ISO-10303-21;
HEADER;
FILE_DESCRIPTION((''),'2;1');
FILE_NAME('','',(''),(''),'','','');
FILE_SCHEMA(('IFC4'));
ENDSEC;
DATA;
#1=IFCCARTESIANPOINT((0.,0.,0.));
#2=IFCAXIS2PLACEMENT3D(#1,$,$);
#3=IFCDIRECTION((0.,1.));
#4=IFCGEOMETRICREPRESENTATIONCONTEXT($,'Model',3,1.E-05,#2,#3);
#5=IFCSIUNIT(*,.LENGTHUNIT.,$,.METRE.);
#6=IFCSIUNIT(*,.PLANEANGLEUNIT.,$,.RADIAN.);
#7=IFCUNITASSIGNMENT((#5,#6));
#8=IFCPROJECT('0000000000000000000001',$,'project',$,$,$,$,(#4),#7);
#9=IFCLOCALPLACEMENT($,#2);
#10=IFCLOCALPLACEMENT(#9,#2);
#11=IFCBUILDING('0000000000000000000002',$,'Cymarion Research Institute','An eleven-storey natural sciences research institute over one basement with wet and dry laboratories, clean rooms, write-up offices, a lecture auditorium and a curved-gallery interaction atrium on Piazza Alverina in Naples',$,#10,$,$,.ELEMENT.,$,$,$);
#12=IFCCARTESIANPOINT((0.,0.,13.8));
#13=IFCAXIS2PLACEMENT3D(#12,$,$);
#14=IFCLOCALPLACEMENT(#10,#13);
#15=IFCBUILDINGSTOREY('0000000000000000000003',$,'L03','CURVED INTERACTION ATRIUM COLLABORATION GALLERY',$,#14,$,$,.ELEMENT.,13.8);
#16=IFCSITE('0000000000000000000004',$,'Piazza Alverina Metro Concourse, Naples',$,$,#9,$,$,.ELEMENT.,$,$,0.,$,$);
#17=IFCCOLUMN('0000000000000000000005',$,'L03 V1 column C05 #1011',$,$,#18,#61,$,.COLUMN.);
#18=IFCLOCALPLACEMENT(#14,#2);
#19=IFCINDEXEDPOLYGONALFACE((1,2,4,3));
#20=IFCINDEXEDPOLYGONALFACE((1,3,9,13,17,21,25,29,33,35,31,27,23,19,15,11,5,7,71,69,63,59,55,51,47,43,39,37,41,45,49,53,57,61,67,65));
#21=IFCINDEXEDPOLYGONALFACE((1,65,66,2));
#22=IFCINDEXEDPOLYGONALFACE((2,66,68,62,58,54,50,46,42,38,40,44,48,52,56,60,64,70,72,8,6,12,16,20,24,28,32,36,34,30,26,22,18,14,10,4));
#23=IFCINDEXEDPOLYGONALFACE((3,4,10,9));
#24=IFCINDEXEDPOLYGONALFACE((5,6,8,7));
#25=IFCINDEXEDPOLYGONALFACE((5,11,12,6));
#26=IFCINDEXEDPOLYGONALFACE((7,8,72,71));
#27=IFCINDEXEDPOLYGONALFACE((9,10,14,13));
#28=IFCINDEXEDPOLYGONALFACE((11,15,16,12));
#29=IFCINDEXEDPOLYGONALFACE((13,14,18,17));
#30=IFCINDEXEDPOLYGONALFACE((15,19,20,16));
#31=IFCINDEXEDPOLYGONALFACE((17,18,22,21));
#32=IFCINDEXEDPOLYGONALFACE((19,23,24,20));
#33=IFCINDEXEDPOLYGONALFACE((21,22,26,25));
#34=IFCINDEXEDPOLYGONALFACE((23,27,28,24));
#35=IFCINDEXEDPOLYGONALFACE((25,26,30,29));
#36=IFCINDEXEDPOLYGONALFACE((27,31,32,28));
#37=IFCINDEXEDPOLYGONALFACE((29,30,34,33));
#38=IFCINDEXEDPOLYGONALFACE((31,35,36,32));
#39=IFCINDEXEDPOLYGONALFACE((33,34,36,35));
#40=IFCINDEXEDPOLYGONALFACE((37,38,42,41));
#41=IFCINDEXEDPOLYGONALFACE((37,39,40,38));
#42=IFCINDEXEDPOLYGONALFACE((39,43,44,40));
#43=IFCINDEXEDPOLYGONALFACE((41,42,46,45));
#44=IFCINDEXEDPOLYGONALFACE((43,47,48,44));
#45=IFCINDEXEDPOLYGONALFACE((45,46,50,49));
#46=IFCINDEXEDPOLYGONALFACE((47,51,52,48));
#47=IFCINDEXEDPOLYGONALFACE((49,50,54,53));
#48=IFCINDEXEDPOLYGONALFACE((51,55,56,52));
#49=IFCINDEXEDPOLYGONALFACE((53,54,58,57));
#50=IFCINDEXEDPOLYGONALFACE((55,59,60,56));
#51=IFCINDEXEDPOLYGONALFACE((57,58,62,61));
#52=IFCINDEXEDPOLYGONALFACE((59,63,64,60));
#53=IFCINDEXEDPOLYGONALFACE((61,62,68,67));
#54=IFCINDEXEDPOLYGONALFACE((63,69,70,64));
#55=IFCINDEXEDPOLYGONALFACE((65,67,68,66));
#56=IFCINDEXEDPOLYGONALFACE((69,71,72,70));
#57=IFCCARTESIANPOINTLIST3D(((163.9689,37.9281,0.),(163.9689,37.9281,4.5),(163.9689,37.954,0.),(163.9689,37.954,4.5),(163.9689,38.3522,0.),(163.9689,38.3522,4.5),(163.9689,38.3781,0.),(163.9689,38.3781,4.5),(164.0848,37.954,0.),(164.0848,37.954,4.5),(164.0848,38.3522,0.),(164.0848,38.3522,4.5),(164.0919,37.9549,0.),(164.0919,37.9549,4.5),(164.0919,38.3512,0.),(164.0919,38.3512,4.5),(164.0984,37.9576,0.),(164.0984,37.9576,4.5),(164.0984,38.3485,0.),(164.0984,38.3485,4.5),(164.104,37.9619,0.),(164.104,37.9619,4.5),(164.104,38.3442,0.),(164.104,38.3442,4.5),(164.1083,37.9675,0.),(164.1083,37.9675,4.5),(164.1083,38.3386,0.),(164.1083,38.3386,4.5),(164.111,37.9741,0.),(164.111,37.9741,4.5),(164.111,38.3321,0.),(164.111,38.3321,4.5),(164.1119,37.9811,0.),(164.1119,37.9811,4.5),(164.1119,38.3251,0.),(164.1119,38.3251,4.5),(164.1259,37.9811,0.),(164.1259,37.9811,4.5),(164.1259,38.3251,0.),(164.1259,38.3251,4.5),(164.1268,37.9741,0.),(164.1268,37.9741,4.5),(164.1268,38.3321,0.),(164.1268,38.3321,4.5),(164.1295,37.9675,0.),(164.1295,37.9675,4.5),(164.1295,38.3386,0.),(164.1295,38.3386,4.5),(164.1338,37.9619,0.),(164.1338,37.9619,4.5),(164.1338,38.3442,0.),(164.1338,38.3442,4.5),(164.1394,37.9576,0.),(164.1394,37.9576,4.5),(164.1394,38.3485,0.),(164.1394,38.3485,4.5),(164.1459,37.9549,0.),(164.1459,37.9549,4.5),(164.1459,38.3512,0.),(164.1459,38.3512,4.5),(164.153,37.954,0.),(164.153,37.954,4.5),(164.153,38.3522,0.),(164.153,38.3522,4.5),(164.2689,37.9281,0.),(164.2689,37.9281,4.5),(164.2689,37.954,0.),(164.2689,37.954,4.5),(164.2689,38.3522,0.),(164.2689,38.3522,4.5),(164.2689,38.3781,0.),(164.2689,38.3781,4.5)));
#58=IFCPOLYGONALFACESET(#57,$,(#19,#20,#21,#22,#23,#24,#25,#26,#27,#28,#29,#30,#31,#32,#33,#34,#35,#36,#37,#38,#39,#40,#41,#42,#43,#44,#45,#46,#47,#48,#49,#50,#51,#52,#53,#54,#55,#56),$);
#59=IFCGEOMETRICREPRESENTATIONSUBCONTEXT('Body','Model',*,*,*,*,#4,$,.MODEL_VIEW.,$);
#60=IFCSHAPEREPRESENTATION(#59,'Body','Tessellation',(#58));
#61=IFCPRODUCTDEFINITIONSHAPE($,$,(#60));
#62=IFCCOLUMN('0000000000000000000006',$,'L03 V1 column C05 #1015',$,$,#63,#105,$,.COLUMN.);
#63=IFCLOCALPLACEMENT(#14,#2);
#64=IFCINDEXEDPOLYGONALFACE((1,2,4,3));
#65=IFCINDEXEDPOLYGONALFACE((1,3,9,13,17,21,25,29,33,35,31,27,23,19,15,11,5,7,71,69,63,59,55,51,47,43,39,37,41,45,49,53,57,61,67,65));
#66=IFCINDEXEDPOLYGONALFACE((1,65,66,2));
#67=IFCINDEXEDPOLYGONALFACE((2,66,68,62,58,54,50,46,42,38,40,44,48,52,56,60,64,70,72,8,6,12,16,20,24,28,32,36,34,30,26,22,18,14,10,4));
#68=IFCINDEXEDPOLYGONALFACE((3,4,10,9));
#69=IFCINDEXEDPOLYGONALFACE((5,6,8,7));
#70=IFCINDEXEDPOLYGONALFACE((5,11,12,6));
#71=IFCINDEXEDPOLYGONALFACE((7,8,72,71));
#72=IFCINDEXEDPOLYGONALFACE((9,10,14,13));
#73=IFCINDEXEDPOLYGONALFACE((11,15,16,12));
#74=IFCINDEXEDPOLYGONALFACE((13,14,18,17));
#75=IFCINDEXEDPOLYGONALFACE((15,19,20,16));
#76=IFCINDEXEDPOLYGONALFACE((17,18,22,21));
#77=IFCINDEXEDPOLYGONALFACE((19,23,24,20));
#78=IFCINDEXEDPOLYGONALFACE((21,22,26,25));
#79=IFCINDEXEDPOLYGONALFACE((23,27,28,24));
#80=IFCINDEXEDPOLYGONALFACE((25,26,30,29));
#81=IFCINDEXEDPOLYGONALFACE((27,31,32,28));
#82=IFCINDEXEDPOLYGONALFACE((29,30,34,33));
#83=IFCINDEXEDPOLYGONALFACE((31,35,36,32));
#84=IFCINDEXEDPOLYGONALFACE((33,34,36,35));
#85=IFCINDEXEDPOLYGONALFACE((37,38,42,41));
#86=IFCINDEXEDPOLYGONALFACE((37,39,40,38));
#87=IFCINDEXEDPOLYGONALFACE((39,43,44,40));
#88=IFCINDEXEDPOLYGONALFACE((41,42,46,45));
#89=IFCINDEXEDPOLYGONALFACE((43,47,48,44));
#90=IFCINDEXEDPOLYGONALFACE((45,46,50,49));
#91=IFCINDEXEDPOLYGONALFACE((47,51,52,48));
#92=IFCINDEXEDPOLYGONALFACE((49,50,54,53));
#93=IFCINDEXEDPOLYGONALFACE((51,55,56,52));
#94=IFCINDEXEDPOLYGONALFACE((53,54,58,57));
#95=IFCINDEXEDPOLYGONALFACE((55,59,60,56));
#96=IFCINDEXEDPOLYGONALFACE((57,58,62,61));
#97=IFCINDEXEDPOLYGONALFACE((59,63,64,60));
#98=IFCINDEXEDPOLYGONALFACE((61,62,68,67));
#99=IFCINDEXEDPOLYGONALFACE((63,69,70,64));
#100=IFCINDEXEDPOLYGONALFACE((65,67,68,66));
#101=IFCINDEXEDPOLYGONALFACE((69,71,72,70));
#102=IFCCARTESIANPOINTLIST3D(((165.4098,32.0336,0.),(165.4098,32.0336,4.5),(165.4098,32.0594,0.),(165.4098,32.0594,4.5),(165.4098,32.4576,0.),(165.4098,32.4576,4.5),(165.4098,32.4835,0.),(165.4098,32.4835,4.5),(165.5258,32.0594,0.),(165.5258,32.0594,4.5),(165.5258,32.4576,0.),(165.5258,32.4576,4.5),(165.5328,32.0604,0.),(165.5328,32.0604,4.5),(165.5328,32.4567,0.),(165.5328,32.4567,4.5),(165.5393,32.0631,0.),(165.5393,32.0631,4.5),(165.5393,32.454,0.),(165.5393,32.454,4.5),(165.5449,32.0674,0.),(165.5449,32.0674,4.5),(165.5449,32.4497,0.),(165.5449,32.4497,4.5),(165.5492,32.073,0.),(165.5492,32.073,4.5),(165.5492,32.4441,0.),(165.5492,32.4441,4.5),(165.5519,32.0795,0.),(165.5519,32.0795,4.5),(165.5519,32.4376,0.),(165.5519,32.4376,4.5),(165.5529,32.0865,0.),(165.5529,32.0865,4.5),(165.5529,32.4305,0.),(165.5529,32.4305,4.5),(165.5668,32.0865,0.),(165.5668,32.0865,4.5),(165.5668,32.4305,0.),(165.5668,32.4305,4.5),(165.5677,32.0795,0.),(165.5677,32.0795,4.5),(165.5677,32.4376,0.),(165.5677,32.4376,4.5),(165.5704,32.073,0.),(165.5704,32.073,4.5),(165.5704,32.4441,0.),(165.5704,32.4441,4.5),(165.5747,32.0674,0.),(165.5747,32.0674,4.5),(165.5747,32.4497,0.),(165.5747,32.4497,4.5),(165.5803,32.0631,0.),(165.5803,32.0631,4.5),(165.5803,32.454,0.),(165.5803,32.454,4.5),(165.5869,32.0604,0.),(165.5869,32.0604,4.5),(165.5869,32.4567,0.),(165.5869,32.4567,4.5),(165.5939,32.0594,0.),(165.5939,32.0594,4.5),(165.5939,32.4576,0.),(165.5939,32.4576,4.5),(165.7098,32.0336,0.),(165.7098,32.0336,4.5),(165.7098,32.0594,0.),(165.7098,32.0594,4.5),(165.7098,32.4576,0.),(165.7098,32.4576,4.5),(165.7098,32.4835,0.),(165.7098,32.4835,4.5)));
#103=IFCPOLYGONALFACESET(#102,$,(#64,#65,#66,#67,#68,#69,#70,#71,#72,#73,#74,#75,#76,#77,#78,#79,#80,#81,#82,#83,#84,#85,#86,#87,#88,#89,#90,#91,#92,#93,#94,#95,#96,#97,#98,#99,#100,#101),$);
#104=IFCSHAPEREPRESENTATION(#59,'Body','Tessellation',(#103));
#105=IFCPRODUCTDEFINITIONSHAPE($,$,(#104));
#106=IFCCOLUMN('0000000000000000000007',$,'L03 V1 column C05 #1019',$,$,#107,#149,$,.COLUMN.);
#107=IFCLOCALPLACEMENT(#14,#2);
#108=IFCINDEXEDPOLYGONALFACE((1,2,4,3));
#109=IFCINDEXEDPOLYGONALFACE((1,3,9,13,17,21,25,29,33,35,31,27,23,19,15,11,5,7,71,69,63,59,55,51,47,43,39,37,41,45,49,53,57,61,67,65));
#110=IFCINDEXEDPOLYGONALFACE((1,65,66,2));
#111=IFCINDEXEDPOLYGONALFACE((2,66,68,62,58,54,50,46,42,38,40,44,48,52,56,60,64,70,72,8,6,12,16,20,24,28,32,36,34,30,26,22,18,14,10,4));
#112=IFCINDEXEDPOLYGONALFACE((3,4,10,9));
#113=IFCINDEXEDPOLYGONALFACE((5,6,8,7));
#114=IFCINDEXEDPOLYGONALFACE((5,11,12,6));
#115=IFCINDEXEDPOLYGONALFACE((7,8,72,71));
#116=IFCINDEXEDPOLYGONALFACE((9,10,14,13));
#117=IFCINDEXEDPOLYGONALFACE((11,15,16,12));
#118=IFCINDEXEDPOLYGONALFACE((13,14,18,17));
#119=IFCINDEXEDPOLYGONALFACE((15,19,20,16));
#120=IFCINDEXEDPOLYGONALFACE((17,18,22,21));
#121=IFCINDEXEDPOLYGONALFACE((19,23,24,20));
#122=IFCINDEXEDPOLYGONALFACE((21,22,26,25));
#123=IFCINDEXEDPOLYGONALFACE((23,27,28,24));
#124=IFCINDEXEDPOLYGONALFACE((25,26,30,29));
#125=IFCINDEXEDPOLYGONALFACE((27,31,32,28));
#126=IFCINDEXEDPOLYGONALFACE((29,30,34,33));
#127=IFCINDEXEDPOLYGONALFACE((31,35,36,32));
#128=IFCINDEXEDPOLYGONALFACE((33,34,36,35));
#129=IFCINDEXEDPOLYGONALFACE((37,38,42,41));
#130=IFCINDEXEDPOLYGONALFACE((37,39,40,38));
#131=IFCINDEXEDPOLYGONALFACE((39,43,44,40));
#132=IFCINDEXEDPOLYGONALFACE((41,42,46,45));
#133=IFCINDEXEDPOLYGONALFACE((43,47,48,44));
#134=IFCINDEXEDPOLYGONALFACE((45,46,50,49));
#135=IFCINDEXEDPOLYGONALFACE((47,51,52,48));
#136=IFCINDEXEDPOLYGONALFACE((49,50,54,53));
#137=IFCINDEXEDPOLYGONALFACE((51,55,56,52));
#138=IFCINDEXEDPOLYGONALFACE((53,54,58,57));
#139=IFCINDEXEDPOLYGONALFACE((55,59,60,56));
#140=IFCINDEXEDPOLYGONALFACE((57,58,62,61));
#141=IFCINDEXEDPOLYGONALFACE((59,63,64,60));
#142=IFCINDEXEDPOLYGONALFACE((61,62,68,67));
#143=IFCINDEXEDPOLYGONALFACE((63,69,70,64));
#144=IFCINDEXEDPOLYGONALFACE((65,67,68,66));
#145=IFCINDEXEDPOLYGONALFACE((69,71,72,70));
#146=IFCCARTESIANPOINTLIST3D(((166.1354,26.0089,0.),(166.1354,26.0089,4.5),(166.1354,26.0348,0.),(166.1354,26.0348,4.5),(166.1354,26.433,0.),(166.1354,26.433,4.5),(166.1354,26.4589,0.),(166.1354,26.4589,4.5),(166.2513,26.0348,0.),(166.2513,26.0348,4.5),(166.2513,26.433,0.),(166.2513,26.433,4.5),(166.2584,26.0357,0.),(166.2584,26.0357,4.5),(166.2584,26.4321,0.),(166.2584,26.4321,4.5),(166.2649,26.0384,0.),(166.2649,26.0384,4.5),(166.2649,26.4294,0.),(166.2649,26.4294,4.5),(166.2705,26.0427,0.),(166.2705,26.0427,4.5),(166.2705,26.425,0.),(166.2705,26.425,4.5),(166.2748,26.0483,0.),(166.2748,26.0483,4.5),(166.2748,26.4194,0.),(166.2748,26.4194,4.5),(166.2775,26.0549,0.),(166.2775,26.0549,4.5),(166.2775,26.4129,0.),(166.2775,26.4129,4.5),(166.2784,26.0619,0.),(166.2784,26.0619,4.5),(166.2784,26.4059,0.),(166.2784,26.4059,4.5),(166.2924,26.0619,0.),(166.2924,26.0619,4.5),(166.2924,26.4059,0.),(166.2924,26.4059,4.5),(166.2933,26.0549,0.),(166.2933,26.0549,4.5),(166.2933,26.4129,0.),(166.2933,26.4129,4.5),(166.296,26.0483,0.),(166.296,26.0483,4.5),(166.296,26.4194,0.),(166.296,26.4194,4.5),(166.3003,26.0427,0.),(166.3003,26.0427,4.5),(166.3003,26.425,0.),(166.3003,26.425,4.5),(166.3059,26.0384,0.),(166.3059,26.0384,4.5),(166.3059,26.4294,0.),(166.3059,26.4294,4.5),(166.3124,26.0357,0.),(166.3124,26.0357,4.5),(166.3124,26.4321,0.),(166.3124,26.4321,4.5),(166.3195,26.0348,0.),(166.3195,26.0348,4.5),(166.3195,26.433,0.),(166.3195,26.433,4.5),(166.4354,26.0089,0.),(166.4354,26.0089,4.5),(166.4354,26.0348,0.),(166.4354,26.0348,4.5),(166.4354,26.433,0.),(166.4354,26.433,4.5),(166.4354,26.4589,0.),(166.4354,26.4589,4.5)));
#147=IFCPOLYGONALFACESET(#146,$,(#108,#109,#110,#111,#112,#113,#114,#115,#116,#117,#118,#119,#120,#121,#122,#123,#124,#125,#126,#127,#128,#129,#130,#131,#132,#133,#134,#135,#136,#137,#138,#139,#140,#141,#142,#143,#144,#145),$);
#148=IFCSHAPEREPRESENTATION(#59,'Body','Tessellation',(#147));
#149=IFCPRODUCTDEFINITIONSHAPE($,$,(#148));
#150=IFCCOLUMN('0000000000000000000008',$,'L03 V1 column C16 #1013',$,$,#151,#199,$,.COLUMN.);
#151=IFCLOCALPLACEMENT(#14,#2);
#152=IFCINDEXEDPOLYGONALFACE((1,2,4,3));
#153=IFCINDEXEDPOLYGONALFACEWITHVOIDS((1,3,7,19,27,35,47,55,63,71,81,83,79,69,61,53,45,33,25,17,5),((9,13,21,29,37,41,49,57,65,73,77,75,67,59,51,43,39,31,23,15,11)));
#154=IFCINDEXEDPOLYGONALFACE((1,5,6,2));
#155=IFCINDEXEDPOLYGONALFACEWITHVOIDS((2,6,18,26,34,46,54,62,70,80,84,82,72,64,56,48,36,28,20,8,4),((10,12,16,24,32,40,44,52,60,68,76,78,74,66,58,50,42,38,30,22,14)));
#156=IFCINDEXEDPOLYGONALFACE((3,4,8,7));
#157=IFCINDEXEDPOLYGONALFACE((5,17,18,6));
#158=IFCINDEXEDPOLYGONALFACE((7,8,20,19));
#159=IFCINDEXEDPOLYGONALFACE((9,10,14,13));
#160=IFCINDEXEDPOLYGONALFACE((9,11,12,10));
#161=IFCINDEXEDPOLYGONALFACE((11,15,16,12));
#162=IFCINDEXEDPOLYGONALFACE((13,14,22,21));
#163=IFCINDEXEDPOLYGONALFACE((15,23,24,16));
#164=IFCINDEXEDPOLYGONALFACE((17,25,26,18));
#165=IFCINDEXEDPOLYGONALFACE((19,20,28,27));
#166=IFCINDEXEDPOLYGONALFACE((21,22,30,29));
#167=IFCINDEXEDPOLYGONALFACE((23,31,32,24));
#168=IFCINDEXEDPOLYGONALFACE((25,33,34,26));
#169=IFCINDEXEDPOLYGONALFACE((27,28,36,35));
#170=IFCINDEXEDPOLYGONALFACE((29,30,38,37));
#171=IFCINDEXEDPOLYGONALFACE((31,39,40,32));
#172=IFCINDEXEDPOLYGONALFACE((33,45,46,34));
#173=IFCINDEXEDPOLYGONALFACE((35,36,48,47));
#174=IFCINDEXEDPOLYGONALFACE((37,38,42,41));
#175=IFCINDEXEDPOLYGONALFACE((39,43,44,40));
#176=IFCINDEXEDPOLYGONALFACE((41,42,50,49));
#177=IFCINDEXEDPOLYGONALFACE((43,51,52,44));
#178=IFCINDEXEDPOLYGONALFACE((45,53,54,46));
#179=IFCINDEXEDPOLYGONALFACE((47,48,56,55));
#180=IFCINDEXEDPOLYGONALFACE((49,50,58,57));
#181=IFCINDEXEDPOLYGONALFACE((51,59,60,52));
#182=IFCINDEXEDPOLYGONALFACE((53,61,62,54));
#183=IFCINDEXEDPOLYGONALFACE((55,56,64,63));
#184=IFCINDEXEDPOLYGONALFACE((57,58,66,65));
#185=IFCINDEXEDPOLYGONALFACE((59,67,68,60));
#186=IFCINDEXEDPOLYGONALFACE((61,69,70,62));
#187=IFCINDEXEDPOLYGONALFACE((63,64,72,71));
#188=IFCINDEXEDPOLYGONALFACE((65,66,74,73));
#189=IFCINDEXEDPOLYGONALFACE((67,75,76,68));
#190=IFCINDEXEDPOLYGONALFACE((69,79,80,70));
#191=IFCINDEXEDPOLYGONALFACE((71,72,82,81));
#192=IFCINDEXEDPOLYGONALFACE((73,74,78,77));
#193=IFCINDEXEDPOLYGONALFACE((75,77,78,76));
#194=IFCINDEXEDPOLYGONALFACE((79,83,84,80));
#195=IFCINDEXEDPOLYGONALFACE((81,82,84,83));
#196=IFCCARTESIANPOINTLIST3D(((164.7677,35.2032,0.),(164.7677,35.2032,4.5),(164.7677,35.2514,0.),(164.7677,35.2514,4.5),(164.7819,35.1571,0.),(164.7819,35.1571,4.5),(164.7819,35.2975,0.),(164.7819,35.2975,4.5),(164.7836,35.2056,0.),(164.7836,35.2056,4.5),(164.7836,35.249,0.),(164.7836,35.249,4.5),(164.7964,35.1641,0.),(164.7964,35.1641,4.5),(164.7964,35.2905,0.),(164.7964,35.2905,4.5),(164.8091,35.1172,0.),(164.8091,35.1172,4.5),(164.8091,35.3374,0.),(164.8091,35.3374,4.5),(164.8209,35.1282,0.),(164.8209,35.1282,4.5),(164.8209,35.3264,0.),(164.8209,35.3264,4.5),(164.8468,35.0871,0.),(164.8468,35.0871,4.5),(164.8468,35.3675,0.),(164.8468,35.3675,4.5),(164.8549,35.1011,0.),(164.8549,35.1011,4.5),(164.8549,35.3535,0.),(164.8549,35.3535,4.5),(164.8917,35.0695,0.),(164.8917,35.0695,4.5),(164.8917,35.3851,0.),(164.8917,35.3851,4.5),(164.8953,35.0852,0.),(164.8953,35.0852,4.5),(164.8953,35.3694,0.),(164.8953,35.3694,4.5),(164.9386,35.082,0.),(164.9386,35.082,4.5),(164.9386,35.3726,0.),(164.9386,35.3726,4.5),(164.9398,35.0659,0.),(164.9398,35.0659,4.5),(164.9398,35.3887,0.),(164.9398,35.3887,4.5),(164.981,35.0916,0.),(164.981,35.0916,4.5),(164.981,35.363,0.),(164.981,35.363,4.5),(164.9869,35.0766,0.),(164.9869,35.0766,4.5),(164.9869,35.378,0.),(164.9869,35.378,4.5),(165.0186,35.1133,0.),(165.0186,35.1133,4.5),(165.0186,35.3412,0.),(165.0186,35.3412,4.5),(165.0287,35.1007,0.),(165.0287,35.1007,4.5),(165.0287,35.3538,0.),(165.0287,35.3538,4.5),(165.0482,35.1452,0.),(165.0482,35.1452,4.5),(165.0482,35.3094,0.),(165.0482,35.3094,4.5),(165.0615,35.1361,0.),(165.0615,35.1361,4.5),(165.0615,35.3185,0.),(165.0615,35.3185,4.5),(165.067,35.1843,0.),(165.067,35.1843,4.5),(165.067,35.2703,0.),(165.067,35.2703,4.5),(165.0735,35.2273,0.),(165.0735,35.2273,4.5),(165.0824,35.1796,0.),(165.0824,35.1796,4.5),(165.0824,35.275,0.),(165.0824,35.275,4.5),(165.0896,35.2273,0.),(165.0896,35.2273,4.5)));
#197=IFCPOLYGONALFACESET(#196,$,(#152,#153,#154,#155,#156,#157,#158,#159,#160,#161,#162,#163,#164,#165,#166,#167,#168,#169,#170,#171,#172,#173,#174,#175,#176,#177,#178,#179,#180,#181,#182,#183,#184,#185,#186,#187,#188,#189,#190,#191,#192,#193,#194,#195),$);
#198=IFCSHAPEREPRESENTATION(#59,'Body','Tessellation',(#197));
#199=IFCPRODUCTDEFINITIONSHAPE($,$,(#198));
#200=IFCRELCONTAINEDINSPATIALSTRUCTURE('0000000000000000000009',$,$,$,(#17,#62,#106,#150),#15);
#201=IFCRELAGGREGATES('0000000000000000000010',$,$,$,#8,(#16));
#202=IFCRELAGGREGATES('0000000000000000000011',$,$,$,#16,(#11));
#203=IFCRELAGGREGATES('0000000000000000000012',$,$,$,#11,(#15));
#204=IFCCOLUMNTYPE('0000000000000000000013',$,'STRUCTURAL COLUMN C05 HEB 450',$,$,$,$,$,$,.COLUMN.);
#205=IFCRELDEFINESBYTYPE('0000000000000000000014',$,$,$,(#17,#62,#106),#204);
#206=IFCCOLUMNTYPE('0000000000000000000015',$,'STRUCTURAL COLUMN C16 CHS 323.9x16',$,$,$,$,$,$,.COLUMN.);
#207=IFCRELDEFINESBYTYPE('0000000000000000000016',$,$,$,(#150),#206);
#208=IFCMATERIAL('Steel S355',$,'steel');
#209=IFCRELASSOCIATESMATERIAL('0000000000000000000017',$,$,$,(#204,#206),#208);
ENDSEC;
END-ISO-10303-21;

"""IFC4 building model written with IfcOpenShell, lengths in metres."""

from ifc_helpers import new_model, si_unit, direction, frame, origin, origin_2d, place, context, subcontext, project, spatial, hollow_circle, i_section, extrude, material, material_profile, profile_set, type_object, element, save


model = new_model("IFC4")

# Units and contexts
model_context = context("Model", 3, precision=1e-05, world=origin(), true_north=direction((0.0, 1.0)))
body_context = subcontext(model_context, "Body", "Model", "MODEL_VIEW")
ifc_project = project(units=[si_unit("LENGTHUNIT", "METRE"), si_unit("PLANEANGLEUNIT", "RADIAN")], contexts=[model_context])

# Site, building, storey
site_placement = place(None, origin())
site = spatial("IfcSite", under=ifc_project, at=site_placement, Name="Piazza Alverina Metro Concourse, Naples", CompositionType="ELEMENT", RefElevation=0.0)
building_placement = place(site_placement, origin())
building = spatial("IfcBuilding", under=site, at=building_placement, Name="Cymarion Research Institute", Description="An eleven-storey natural sciences research institute over one basement with wet and dry laboratories, clean rooms, write-up offices, a lecture auditorium and a curved-gallery interaction atrium on Piazza Alverina in Naples", CompositionType="ELEMENT")
storey_placement = place(building_placement, frame((0.0, 0.0, 13.8)))
storey = spatial("IfcBuildingStorey", under=building, at=storey_placement, Name="L03", Description="CURVED INTERACTION ATRIUM COLLABORATION GALLERY", CompositionType="ELEMENT", Elevation=13.8)

# Columns
ifc_material_1 = material(Name="Steel S355", Category="steel")
ifc_material_profile_1 = material_profile(ifc_material_1, i_section(OverallWidth=0.3, OverallDepth=0.45, WebThickness=0.0139, FlangeThickness=0.0259, FilletRadius=0.0271, at=origin_2d()), Name="HEB 450")
ifc_profile_set_1 = profile_set([ifc_material_profile_1], Name="Steel S355")
column_type_1 = type_object("IfcColumnType", Name="STRUCTURAL COLUMN C05 HEB 450", PredefinedType="COLUMN", material=ifc_profile_set_1)
for number, where, z_axis, x_axis, name in (
    (1, (164.1189, 38.1531, 0.0), (0.0, 0.0, 1.0), (1.0, 0.0, 0.0), "L03 V1 column C05 #1011"),
    (2, (165.5598, 32.2585, 0.0), (0.0, 0.0, 1.0), (1.0, 0.0, 0.0), "L03 V1 column C05 #1015"),
    (3, (166.2854, 26.2339, 0.0), (0.0, 0.0, 1.0), (1.0, 0.0, 0.0), "L03 V1 column C05 #1019"),
):
    element("IfcColumn", number, at=place(storey_placement, frame(where, z_axis=z_axis, x_axis=x_axis)), inside=storey, type_object=column_type_1, Name=name, PredefinedType="COLUMN", context=body_context, shape_type="SweptSolid", body=[
        extrude(i_section(OverallWidth=0.3, OverallDepth=0.45, WebThickness=0.0139, FlangeThickness=0.0259, FilletRadius=0.0271, at=origin_2d()), origin(), (0.0, 0.0, 1.0), 4.5),
    ])
ifc_material_profile_2 = material_profile(ifc_material_1, hollow_circle(Radius=0.1619, WallThickness=0.0161, at=origin_2d()), Name="CHS 323.9x16")
ifc_profile_set_2 = profile_set([ifc_material_profile_2], Name="Steel S355")
column_type_2 = type_object("IfcColumnType", Name="STRUCTURAL COLUMN C16 CHS 323.9x16", PredefinedType="COLUMN", material=ifc_profile_set_2)
for number, where, z_axis, x_axis, name in (
    (4, (164.9277, 35.2273, 0.0), (0.0, 0.0, 1.0), (1.0, 0.0, 0.0), "L03 V1 column C16 #1013"),
):
    element("IfcColumn", number, at=place(storey_placement, frame(where, z_axis=z_axis, x_axis=x_axis)), inside=storey, type_object=column_type_2, Name=name, PredefinedType="COLUMN", context=body_context, shape_type="SweptSolid", body=[
        extrude(hollow_circle(Radius=0.1619, WallThickness=0.0161, at=origin_2d()), origin(), (0.0, 0.0, 1.0), 4.5),
    ])

save(model, "model.ifc")
